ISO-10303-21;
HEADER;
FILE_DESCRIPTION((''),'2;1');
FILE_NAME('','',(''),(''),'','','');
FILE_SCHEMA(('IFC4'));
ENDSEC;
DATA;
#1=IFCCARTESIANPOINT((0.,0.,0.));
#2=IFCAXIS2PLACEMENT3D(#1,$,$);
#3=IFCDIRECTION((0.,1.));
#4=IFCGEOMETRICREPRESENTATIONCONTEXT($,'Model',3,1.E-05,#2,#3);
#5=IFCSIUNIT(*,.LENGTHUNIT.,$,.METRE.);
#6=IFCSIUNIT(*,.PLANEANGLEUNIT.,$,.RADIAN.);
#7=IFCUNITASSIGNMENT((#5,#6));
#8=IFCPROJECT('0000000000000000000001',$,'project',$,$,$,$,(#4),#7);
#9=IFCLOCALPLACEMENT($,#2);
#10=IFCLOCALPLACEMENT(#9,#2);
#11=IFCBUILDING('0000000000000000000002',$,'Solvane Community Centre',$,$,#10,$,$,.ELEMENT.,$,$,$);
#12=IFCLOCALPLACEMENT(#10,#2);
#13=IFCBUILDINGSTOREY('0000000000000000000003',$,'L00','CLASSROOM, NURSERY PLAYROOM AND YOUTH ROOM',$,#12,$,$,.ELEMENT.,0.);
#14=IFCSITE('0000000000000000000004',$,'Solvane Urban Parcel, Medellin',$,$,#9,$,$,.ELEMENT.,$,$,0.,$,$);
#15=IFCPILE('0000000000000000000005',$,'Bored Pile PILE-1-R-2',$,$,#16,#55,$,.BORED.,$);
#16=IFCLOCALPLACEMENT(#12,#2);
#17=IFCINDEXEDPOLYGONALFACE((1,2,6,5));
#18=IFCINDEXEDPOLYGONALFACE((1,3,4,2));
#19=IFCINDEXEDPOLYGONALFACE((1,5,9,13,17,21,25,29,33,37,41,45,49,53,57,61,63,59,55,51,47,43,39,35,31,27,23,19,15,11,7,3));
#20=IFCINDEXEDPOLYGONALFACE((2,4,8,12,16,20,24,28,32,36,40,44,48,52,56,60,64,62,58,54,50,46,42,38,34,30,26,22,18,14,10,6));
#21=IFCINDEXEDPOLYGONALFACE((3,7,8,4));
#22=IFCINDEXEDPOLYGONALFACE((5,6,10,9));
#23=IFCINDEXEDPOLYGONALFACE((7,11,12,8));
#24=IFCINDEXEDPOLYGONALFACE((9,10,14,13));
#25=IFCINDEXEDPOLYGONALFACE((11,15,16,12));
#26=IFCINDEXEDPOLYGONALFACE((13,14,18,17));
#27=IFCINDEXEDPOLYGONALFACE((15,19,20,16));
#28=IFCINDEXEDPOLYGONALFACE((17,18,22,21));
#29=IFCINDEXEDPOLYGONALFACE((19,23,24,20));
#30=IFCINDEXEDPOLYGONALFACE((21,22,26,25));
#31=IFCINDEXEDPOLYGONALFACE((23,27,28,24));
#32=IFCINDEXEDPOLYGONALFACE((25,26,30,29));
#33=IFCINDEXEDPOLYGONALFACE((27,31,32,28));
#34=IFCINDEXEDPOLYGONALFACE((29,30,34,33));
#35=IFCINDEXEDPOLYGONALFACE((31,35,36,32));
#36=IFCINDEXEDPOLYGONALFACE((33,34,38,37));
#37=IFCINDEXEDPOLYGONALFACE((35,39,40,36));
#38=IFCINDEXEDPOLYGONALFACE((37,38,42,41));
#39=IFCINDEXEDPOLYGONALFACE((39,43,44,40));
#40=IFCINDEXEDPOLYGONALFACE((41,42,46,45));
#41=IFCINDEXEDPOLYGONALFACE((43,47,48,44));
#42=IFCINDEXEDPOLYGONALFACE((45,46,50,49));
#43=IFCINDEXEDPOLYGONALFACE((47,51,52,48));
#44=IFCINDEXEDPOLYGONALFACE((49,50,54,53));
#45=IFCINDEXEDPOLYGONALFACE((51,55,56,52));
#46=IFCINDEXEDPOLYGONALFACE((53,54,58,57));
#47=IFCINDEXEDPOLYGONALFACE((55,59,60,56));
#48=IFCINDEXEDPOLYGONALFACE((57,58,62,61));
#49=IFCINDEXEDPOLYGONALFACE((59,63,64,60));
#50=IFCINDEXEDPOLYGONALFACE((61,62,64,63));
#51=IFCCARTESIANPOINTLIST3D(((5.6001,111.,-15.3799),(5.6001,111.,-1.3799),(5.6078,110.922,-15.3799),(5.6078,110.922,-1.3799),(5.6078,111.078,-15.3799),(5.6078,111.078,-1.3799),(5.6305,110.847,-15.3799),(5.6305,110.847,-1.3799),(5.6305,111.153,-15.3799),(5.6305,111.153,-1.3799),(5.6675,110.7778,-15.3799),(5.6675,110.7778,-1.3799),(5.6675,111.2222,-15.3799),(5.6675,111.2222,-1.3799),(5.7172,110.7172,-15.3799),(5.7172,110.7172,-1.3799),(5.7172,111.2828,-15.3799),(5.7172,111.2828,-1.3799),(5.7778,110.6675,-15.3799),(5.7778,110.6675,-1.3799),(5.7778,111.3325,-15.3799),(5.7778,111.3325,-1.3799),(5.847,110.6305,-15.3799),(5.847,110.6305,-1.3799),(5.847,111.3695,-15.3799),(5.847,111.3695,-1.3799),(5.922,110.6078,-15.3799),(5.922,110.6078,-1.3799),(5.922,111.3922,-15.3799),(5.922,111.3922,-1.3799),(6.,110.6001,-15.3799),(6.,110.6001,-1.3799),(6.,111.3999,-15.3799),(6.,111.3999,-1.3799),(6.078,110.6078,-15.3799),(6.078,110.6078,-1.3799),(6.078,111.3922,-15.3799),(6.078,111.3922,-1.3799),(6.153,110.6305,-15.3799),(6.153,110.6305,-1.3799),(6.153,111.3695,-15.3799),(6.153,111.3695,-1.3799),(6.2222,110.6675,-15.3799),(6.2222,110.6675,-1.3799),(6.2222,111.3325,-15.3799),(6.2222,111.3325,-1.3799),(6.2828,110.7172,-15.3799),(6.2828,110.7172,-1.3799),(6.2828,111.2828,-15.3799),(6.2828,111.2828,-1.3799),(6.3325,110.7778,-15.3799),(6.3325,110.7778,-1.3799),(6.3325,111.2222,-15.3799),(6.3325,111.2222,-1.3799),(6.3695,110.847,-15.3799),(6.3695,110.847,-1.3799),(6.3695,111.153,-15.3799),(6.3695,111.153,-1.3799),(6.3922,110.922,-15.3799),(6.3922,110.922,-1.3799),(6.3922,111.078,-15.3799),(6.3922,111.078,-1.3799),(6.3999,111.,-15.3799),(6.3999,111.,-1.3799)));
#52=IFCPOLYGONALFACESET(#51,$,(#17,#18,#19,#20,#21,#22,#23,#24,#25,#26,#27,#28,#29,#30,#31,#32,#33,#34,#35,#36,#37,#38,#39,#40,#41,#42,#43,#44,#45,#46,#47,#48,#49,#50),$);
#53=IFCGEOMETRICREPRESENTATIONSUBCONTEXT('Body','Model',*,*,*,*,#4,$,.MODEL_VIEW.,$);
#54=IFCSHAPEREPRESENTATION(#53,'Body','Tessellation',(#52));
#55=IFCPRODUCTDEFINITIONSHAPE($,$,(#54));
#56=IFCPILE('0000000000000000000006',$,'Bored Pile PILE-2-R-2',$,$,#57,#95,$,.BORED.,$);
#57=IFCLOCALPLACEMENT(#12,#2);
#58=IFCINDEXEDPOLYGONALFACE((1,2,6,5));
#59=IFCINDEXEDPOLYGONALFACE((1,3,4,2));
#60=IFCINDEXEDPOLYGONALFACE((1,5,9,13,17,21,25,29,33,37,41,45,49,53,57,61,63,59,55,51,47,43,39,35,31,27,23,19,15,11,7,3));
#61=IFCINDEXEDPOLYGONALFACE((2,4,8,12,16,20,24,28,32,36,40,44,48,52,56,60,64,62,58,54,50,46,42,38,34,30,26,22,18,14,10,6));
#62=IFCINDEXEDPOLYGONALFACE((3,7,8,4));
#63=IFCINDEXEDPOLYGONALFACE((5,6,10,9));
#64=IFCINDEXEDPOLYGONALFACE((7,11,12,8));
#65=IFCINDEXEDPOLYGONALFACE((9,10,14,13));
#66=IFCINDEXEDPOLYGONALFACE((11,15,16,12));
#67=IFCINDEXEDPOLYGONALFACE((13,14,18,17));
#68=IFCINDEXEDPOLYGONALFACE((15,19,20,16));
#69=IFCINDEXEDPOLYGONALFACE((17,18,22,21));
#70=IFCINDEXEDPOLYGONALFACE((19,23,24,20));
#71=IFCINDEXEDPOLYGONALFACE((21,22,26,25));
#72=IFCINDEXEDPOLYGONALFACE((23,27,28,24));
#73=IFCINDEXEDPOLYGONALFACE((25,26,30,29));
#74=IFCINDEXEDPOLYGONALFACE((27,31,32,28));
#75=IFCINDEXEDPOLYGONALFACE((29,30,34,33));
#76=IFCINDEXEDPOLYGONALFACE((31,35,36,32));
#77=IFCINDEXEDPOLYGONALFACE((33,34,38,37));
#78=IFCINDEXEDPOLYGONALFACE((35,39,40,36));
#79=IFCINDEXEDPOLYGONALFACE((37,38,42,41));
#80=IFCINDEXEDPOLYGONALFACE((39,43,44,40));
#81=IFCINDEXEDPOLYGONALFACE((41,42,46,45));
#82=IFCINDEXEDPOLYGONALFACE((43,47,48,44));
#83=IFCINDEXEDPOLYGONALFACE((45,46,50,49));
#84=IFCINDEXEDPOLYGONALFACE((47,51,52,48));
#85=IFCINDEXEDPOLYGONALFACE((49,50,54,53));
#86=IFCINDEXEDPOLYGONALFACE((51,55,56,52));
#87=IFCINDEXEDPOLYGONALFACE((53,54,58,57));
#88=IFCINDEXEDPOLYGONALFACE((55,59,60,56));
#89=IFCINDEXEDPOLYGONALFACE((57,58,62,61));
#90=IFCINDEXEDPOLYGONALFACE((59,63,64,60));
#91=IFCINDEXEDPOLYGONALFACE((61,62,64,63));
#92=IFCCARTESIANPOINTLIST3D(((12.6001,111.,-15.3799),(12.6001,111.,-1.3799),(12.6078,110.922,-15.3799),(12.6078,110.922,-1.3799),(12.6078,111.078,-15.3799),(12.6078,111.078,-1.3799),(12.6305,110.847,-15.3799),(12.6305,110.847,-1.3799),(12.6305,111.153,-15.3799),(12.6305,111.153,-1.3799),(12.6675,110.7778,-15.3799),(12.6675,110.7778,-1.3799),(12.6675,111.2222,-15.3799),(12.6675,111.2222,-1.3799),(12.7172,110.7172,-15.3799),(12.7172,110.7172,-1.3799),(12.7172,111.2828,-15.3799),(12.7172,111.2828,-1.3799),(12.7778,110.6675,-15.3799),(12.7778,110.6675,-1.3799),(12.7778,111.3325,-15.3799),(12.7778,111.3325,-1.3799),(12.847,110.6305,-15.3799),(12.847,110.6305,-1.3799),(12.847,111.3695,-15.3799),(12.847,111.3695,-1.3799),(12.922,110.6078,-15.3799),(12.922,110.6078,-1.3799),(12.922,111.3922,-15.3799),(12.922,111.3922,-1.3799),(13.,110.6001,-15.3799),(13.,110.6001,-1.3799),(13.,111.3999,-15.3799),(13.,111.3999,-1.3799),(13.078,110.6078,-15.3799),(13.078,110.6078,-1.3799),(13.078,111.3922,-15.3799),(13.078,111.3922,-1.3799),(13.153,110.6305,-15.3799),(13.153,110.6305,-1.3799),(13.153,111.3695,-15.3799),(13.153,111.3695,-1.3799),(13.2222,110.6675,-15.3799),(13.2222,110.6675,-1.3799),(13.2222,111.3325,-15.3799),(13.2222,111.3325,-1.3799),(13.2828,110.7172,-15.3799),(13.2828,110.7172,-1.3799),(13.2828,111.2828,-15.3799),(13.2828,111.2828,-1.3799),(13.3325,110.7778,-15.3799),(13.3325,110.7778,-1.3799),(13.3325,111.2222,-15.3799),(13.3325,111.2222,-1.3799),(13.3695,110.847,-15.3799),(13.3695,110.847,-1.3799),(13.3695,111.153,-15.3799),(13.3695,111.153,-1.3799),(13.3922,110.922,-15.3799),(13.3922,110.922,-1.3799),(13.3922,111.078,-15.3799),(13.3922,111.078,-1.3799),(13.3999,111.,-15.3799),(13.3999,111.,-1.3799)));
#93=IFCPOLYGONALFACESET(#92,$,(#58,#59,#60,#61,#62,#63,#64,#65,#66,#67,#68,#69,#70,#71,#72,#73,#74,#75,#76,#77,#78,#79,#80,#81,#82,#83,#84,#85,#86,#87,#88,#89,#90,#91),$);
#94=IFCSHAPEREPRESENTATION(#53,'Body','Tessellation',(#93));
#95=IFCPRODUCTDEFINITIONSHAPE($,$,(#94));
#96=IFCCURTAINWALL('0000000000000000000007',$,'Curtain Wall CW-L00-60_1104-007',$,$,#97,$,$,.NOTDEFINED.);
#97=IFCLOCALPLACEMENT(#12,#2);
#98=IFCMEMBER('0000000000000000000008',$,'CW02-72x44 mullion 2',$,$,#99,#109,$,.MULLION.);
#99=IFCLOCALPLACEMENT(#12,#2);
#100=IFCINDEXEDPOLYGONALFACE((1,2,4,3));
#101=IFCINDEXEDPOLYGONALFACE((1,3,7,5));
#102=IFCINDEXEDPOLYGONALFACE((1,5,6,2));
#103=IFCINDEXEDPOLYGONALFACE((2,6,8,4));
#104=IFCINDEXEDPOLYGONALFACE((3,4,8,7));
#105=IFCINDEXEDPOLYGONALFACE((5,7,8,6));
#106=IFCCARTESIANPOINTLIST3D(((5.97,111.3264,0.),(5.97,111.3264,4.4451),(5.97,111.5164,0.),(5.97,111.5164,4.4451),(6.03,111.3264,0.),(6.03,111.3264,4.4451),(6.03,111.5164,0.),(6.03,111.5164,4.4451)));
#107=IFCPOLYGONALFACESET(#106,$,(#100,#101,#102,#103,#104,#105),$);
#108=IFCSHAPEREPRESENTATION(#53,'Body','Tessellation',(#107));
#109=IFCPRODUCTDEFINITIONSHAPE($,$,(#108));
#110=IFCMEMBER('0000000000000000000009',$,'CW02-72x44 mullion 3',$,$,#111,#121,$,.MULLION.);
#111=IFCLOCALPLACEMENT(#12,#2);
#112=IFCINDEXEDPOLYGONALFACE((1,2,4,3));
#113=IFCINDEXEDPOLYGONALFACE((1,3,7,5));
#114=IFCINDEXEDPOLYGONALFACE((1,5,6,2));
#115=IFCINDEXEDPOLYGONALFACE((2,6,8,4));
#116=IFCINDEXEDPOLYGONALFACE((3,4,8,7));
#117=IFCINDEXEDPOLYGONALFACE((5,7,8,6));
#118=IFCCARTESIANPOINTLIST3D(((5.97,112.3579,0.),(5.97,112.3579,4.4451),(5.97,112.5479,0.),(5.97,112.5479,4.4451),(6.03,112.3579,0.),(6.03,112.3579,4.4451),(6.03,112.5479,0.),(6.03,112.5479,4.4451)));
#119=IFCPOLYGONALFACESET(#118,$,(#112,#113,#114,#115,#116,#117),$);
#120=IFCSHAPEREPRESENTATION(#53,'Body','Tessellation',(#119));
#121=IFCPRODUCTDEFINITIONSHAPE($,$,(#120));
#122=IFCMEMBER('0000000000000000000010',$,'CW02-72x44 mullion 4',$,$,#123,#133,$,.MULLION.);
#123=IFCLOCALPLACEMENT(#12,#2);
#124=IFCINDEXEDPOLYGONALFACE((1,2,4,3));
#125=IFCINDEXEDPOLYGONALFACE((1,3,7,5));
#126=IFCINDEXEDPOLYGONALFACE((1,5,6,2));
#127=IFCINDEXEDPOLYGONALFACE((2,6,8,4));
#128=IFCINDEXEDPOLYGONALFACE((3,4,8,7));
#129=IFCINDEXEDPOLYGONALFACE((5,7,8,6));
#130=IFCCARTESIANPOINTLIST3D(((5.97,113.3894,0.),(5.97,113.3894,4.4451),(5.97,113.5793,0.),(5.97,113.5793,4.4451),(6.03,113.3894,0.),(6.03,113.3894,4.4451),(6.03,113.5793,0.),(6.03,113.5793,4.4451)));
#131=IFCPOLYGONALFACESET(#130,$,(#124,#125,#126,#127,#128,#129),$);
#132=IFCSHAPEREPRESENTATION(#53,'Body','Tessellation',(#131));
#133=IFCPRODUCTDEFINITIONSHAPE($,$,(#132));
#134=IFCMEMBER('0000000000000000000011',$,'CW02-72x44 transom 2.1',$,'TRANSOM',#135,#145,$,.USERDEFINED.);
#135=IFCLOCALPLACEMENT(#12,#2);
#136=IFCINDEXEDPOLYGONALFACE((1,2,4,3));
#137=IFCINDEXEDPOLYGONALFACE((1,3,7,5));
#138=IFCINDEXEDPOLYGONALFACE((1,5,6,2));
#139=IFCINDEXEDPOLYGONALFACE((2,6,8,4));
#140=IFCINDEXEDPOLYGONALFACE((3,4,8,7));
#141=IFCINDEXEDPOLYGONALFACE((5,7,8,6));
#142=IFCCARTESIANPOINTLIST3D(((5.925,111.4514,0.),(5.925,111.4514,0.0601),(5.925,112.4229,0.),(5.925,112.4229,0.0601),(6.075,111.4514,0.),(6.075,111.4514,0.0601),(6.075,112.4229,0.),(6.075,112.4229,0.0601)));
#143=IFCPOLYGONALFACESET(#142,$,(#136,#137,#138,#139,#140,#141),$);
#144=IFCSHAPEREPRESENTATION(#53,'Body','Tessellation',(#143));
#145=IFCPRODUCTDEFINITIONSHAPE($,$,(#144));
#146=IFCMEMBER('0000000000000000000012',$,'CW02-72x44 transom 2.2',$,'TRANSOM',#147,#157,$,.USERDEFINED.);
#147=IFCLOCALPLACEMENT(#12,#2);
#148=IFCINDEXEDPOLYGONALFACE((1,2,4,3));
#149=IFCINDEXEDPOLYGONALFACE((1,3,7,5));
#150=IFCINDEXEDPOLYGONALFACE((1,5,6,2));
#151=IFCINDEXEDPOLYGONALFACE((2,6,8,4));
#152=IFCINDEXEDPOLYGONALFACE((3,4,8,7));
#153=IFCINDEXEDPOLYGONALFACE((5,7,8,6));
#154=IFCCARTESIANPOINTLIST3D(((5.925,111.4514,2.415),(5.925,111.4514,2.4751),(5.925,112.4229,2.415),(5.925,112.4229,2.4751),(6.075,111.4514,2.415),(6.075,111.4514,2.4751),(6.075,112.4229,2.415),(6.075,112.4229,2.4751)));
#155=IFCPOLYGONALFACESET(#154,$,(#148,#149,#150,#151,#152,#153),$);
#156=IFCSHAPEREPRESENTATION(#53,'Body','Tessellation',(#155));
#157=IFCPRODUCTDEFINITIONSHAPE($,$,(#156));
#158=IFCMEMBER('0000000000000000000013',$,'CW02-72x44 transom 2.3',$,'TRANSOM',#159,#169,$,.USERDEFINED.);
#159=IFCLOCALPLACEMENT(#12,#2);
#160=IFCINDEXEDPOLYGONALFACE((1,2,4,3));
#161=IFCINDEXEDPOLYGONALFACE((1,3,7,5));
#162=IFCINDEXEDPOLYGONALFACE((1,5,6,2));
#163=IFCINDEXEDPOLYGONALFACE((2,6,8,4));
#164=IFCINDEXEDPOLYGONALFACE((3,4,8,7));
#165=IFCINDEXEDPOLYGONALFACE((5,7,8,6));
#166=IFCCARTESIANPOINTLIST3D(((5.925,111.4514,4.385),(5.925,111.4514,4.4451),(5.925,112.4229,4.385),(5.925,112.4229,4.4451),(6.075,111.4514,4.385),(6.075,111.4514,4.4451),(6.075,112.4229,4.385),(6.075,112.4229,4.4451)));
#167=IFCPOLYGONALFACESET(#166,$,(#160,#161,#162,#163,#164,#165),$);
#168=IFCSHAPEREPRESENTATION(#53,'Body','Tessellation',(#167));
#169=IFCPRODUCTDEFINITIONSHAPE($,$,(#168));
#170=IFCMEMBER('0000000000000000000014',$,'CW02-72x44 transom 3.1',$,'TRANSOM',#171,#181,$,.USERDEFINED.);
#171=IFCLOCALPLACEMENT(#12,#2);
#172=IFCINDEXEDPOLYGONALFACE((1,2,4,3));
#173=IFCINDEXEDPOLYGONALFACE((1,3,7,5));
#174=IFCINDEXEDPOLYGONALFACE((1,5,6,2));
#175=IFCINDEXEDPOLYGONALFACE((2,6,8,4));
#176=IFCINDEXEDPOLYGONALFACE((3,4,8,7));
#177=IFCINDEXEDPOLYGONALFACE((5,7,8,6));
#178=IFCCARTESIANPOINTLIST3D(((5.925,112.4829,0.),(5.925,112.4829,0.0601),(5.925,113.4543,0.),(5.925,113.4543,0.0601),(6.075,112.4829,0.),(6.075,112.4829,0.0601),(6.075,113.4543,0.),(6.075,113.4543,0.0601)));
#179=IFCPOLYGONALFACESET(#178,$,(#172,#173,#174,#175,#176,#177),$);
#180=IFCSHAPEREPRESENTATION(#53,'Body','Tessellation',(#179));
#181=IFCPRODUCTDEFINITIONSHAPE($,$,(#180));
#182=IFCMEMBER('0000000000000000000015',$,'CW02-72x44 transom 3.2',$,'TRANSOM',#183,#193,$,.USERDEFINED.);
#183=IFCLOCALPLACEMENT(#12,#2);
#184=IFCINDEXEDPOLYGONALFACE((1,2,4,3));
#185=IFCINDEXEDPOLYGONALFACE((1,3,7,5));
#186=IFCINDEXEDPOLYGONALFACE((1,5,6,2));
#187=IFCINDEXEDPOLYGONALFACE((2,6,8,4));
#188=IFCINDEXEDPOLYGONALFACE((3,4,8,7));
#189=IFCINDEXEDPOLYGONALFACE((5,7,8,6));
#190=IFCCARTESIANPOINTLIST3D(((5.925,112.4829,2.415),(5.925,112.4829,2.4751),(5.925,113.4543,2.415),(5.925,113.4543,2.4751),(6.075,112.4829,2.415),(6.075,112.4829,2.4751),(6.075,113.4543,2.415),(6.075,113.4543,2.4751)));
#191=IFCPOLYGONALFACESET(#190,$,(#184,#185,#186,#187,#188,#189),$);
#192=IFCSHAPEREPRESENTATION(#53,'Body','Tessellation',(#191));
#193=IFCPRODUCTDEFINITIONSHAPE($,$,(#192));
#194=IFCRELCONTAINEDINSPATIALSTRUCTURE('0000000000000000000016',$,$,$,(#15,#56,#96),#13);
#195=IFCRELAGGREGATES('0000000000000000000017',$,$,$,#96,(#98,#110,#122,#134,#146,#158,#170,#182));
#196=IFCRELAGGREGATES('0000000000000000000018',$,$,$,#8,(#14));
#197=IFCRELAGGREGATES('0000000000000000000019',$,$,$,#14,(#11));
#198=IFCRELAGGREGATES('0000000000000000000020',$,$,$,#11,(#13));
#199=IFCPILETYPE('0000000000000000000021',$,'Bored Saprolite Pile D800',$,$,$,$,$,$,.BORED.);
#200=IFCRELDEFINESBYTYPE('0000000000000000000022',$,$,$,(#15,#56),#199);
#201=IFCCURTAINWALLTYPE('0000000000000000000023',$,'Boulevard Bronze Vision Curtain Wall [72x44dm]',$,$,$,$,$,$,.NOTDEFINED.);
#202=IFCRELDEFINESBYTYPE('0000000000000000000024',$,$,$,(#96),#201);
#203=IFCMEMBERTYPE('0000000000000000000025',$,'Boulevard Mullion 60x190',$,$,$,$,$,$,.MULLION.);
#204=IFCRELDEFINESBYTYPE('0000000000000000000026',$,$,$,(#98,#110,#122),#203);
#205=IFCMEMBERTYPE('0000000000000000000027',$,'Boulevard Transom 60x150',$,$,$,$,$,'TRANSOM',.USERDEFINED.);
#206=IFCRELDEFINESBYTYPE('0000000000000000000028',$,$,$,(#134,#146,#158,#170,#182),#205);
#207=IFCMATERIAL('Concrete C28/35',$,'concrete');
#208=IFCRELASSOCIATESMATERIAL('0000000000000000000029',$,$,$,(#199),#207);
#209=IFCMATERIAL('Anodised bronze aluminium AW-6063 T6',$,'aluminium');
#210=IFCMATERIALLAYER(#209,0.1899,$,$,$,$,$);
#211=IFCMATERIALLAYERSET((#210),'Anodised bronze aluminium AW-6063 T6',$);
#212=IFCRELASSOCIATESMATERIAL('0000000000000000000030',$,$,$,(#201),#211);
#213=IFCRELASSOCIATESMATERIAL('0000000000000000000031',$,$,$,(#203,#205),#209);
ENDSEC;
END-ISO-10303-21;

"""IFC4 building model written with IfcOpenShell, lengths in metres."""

from ifc_helpers import new_model, si_unit, direction, frame, origin, origin_2d, place, context, subcontext, project, spatial, rectangle, circle, extrude, material, layer, layer_set, material_profile, profile_set, type_object, element, aggregate, save


model = new_model("IFC4")

# Units and contexts
model_context = context("Model", 3, precision=1e-05, world=origin(), true_north=direction((0.0, 1.0)))
body_context = subcontext(model_context, "Body", "Model", "MODEL_VIEW")
ifc_project = project(units=[si_unit("LENGTHUNIT", "METRE"), si_unit("PLANEANGLEUNIT", "RADIAN")], contexts=[model_context])

# Site, building, storey
site_placement = place(None, origin())
site = spatial("IfcSite", under=ifc_project, at=site_placement, Name="Solvane Urban Parcel, Medellin", CompositionType="ELEMENT", RefElevation=0.0)
building_placement = place(site_placement, origin())
building = spatial("IfcBuilding", under=site, at=building_placement, Name="Solvane Community Centre", CompositionType="ELEMENT")
storey_placement = place(building_placement, origin())
storey = spatial("IfcBuildingStorey", under=building, at=storey_placement, Name="L00", Description="CLASSROOM, NURSERY PLAYROOM AND YOUTH ROOM", CompositionType="ELEMENT", Elevation=0.0)

# Piles
ifc_material_1 = material(Name="Concrete C28/35", Category="concrete")
ifc_material_profile_1 = material_profile(ifc_material_1, circle(Radius=0.3999, at=origin_2d()), Name="PILE D800")
ifc_profile_set_1 = profile_set([ifc_material_profile_1], Name="Concrete C28/35")
pile_type = type_object("IfcPileType", Name="Bored Saprolite Pile D800", PredefinedType="BORED", material=ifc_profile_set_1)
for number, where, z_axis, x_axis, name in (
    (1, (6.0, 111.0, -1.3799), (0.0, 0.0, -1.0), (1.0, 0.0, 0.0), "Bored Pile PILE-1-R-2"),
    (2, (13.0, 111.0, -1.3799), (0.0, 0.0, -1.0), (1.0, 0.0, 0.0), "Bored Pile PILE-2-R-2"),
):
    element("IfcPile", number, at=place(storey_placement, frame(where, z_axis=z_axis, x_axis=x_axis)), inside=storey, type_object=pile_type, Name=name, PredefinedType="BORED", context=body_context, shape_type="SweptSolid", body=[
        extrude(circle(Radius=0.3999, at=origin_2d()), origin(), (0.0, 0.0, 1.0), 14.0),
    ])

# Curtain wall, members
ifc_material_2 = material(Name="Anodised bronze aluminium AW-6063 T6", Category="aluminium")
ifc_layer_1 = layer(ifc_material_2, 0.1899)
ifc_layer_set_1 = layer_set([ifc_layer_1], Name="Anodised bronze aluminium AW-6063 T6")
curtain_wall_type = type_object("IfcCurtainWallType", Name="Boulevard Bronze Vision Curtain Wall [72x44dm]", PredefinedType="NOTDEFINED", material=ifc_layer_set_1)
curtain_wall_placement = place(storey_placement, origin())
curtain_wall = element("IfcCurtainWall", 3, at=curtain_wall_placement, inside=storey, type_object=curtain_wall_type, Name="Curtain Wall CW-L00-60_1104-007", PredefinedType="NOTDEFINED")
ifc_material_profile_2 = material_profile(ifc_material_2, rectangle(XDim=0.0601, YDim=0.1899, at=origin_2d()), Name="CW-M 60x190")
ifc_profile_set_2 = profile_set([ifc_material_profile_2], Name="Anodised bronze aluminium AW-6063 T6")
member_type_1 = type_object("IfcMemberType", Name="Boulevard Mullion 60x190", PredefinedType="MULLION", material=ifc_profile_set_2)
member_1_placement = place(storey_placement, frame((6.0, 111.4214, 0.0), z_axis=(0.0, 0.0, 1.0), x_axis=(-1.0, 0.0, 0.0)))
member_1 = element("IfcMember", 4, at=member_1_placement, type_object=member_type_1, Name="CW02-72x44 mullion 2", PredefinedType="MULLION", context=body_context, shape_type="SweptSolid", body=[
    extrude(rectangle(XDim=0.0601, YDim=0.1899, at=origin_2d()), origin(), (0.0, 0.0, 1.0), 4.4451),
])
member_2_placement = place(storey_placement, frame((6.0, 112.4529, 0.0), z_axis=(0.0, 0.0, 1.0), x_axis=(-1.0, 0.0, 0.0)))
member_2 = element("IfcMember", 5, at=member_2_placement, type_object=member_type_1, Name="CW02-72x44 mullion 3", PredefinedType="MULLION", context=body_context, shape_type="SweptSolid", body=[
    extrude(rectangle(XDim=0.0601, YDim=0.1899, at=origin_2d()), origin(), (0.0, 0.0, 1.0), 4.4451),
])
member_3_placement = place(storey_placement, frame((6.0, 113.4844, 0.0), z_axis=(0.0, 0.0, 1.0), x_axis=(-1.0, 0.0, 0.0)))
member_3 = element("IfcMember", 6, at=member_3_placement, type_object=member_type_1, Name="CW02-72x44 mullion 4", PredefinedType="MULLION", context=body_context, shape_type="SweptSolid", body=[
    extrude(rectangle(XDim=0.0601, YDim=0.1899, at=origin_2d()), origin(), (0.0, 0.0, 1.0), 4.4451),
])
ifc_material_profile_3 = material_profile(ifc_material_2, rectangle(XDim=0.1499, YDim=0.0601, at=origin_2d()), Name="CW-T 60x150")
ifc_profile_set_3 = profile_set([ifc_material_profile_3], Name="Anodised bronze aluminium AW-6063 T6")
member_type_2 = type_object("IfcMemberType", Name="Boulevard Transom 60x150", ElementType="TRANSOM", PredefinedType="USERDEFINED", material=ifc_profile_set_3)
member_4_placement = place(storey_placement, frame((6.0, 111.4514, 0.03), z_axis=(0.0, 1.0, 0.0), x_axis=(-1.0, 0.0, 0.0)))
member_4 = element("IfcMember", 7, at=member_4_placement, type_object=member_type_2, Name="CW02-72x44 transom 2.1", ObjectType="TRANSOM", PredefinedType="USERDEFINED", context=body_context, shape_type="SweptSolid", body=[
    extrude(rectangle(XDim=0.1499, YDim=0.0601, at=origin_2d()), origin(), (0.0, 0.0, 1.0), 0.9714),
])
member_5_placement = place(storey_placement, frame((6.0, 111.4514, 2.4451), z_axis=(0.0, 1.0, 0.0), x_axis=(-1.0, 0.0, 0.0)))
member_5 = element("IfcMember", 8, at=member_5_placement, type_object=member_type_2, Name="CW02-72x44 transom 2.2", ObjectType="TRANSOM", PredefinedType="USERDEFINED", context=body_context, shape_type="SweptSolid", body=[
    extrude(rectangle(XDim=0.1499, YDim=0.0601, at=origin_2d()), origin(), (0.0, 0.0, 1.0), 0.9714),
])
member_6_placement = place(storey_placement, frame((6.0, 111.4514, 4.415), z_axis=(0.0, 1.0, 0.0), x_axis=(-1.0, 0.0, 0.0)))
member_6 = element("IfcMember", 9, at=member_6_placement, type_object=member_type_2, Name="CW02-72x44 transom 2.3", ObjectType="TRANSOM", PredefinedType="USERDEFINED", context=body_context, shape_type="SweptSolid", body=[
    extrude(rectangle(XDim=0.1499, YDim=0.0601, at=origin_2d()), origin(), (0.0, 0.0, 1.0), 0.9714),
])
member_7_placement = place(storey_placement, frame((6.0, 112.4829, 0.03), z_axis=(0.0, 1.0, 0.0), x_axis=(-1.0, 0.0, 0.0)))
member_7 = element("IfcMember", 10, at=member_7_placement, type_object=member_type_2, Name="CW02-72x44 transom 3.1", ObjectType="TRANSOM", PredefinedType="USERDEFINED", context=body_context, shape_type="SweptSolid", body=[
    extrude(rectangle(XDim=0.1499, YDim=0.0601, at=origin_2d()), origin(), (0.0, 0.0, 1.0), 0.9714),
])
member_8_placement = place(storey_placement, frame((6.0, 112.4829, 2.4451), z_axis=(0.0, 1.0, 0.0), x_axis=(-1.0, 0.0, 0.0)))
member_8 = element("IfcMember", 11, at=member_8_placement, type_object=member_type_2, Name="CW02-72x44 transom 3.2", ObjectType="TRANSOM", PredefinedType="USERDEFINED", context=body_context, shape_type="SweptSolid", body=[
    extrude(rectangle(XDim=0.1499, YDim=0.0601, at=origin_2d()), origin(), (0.0, 0.0, 1.0), 0.9714),
])
aggregate(curtain_wall, [member_1, member_2, member_3, member_4, member_5, member_6, member_7, member_8])

save(model, "model.ifc")
